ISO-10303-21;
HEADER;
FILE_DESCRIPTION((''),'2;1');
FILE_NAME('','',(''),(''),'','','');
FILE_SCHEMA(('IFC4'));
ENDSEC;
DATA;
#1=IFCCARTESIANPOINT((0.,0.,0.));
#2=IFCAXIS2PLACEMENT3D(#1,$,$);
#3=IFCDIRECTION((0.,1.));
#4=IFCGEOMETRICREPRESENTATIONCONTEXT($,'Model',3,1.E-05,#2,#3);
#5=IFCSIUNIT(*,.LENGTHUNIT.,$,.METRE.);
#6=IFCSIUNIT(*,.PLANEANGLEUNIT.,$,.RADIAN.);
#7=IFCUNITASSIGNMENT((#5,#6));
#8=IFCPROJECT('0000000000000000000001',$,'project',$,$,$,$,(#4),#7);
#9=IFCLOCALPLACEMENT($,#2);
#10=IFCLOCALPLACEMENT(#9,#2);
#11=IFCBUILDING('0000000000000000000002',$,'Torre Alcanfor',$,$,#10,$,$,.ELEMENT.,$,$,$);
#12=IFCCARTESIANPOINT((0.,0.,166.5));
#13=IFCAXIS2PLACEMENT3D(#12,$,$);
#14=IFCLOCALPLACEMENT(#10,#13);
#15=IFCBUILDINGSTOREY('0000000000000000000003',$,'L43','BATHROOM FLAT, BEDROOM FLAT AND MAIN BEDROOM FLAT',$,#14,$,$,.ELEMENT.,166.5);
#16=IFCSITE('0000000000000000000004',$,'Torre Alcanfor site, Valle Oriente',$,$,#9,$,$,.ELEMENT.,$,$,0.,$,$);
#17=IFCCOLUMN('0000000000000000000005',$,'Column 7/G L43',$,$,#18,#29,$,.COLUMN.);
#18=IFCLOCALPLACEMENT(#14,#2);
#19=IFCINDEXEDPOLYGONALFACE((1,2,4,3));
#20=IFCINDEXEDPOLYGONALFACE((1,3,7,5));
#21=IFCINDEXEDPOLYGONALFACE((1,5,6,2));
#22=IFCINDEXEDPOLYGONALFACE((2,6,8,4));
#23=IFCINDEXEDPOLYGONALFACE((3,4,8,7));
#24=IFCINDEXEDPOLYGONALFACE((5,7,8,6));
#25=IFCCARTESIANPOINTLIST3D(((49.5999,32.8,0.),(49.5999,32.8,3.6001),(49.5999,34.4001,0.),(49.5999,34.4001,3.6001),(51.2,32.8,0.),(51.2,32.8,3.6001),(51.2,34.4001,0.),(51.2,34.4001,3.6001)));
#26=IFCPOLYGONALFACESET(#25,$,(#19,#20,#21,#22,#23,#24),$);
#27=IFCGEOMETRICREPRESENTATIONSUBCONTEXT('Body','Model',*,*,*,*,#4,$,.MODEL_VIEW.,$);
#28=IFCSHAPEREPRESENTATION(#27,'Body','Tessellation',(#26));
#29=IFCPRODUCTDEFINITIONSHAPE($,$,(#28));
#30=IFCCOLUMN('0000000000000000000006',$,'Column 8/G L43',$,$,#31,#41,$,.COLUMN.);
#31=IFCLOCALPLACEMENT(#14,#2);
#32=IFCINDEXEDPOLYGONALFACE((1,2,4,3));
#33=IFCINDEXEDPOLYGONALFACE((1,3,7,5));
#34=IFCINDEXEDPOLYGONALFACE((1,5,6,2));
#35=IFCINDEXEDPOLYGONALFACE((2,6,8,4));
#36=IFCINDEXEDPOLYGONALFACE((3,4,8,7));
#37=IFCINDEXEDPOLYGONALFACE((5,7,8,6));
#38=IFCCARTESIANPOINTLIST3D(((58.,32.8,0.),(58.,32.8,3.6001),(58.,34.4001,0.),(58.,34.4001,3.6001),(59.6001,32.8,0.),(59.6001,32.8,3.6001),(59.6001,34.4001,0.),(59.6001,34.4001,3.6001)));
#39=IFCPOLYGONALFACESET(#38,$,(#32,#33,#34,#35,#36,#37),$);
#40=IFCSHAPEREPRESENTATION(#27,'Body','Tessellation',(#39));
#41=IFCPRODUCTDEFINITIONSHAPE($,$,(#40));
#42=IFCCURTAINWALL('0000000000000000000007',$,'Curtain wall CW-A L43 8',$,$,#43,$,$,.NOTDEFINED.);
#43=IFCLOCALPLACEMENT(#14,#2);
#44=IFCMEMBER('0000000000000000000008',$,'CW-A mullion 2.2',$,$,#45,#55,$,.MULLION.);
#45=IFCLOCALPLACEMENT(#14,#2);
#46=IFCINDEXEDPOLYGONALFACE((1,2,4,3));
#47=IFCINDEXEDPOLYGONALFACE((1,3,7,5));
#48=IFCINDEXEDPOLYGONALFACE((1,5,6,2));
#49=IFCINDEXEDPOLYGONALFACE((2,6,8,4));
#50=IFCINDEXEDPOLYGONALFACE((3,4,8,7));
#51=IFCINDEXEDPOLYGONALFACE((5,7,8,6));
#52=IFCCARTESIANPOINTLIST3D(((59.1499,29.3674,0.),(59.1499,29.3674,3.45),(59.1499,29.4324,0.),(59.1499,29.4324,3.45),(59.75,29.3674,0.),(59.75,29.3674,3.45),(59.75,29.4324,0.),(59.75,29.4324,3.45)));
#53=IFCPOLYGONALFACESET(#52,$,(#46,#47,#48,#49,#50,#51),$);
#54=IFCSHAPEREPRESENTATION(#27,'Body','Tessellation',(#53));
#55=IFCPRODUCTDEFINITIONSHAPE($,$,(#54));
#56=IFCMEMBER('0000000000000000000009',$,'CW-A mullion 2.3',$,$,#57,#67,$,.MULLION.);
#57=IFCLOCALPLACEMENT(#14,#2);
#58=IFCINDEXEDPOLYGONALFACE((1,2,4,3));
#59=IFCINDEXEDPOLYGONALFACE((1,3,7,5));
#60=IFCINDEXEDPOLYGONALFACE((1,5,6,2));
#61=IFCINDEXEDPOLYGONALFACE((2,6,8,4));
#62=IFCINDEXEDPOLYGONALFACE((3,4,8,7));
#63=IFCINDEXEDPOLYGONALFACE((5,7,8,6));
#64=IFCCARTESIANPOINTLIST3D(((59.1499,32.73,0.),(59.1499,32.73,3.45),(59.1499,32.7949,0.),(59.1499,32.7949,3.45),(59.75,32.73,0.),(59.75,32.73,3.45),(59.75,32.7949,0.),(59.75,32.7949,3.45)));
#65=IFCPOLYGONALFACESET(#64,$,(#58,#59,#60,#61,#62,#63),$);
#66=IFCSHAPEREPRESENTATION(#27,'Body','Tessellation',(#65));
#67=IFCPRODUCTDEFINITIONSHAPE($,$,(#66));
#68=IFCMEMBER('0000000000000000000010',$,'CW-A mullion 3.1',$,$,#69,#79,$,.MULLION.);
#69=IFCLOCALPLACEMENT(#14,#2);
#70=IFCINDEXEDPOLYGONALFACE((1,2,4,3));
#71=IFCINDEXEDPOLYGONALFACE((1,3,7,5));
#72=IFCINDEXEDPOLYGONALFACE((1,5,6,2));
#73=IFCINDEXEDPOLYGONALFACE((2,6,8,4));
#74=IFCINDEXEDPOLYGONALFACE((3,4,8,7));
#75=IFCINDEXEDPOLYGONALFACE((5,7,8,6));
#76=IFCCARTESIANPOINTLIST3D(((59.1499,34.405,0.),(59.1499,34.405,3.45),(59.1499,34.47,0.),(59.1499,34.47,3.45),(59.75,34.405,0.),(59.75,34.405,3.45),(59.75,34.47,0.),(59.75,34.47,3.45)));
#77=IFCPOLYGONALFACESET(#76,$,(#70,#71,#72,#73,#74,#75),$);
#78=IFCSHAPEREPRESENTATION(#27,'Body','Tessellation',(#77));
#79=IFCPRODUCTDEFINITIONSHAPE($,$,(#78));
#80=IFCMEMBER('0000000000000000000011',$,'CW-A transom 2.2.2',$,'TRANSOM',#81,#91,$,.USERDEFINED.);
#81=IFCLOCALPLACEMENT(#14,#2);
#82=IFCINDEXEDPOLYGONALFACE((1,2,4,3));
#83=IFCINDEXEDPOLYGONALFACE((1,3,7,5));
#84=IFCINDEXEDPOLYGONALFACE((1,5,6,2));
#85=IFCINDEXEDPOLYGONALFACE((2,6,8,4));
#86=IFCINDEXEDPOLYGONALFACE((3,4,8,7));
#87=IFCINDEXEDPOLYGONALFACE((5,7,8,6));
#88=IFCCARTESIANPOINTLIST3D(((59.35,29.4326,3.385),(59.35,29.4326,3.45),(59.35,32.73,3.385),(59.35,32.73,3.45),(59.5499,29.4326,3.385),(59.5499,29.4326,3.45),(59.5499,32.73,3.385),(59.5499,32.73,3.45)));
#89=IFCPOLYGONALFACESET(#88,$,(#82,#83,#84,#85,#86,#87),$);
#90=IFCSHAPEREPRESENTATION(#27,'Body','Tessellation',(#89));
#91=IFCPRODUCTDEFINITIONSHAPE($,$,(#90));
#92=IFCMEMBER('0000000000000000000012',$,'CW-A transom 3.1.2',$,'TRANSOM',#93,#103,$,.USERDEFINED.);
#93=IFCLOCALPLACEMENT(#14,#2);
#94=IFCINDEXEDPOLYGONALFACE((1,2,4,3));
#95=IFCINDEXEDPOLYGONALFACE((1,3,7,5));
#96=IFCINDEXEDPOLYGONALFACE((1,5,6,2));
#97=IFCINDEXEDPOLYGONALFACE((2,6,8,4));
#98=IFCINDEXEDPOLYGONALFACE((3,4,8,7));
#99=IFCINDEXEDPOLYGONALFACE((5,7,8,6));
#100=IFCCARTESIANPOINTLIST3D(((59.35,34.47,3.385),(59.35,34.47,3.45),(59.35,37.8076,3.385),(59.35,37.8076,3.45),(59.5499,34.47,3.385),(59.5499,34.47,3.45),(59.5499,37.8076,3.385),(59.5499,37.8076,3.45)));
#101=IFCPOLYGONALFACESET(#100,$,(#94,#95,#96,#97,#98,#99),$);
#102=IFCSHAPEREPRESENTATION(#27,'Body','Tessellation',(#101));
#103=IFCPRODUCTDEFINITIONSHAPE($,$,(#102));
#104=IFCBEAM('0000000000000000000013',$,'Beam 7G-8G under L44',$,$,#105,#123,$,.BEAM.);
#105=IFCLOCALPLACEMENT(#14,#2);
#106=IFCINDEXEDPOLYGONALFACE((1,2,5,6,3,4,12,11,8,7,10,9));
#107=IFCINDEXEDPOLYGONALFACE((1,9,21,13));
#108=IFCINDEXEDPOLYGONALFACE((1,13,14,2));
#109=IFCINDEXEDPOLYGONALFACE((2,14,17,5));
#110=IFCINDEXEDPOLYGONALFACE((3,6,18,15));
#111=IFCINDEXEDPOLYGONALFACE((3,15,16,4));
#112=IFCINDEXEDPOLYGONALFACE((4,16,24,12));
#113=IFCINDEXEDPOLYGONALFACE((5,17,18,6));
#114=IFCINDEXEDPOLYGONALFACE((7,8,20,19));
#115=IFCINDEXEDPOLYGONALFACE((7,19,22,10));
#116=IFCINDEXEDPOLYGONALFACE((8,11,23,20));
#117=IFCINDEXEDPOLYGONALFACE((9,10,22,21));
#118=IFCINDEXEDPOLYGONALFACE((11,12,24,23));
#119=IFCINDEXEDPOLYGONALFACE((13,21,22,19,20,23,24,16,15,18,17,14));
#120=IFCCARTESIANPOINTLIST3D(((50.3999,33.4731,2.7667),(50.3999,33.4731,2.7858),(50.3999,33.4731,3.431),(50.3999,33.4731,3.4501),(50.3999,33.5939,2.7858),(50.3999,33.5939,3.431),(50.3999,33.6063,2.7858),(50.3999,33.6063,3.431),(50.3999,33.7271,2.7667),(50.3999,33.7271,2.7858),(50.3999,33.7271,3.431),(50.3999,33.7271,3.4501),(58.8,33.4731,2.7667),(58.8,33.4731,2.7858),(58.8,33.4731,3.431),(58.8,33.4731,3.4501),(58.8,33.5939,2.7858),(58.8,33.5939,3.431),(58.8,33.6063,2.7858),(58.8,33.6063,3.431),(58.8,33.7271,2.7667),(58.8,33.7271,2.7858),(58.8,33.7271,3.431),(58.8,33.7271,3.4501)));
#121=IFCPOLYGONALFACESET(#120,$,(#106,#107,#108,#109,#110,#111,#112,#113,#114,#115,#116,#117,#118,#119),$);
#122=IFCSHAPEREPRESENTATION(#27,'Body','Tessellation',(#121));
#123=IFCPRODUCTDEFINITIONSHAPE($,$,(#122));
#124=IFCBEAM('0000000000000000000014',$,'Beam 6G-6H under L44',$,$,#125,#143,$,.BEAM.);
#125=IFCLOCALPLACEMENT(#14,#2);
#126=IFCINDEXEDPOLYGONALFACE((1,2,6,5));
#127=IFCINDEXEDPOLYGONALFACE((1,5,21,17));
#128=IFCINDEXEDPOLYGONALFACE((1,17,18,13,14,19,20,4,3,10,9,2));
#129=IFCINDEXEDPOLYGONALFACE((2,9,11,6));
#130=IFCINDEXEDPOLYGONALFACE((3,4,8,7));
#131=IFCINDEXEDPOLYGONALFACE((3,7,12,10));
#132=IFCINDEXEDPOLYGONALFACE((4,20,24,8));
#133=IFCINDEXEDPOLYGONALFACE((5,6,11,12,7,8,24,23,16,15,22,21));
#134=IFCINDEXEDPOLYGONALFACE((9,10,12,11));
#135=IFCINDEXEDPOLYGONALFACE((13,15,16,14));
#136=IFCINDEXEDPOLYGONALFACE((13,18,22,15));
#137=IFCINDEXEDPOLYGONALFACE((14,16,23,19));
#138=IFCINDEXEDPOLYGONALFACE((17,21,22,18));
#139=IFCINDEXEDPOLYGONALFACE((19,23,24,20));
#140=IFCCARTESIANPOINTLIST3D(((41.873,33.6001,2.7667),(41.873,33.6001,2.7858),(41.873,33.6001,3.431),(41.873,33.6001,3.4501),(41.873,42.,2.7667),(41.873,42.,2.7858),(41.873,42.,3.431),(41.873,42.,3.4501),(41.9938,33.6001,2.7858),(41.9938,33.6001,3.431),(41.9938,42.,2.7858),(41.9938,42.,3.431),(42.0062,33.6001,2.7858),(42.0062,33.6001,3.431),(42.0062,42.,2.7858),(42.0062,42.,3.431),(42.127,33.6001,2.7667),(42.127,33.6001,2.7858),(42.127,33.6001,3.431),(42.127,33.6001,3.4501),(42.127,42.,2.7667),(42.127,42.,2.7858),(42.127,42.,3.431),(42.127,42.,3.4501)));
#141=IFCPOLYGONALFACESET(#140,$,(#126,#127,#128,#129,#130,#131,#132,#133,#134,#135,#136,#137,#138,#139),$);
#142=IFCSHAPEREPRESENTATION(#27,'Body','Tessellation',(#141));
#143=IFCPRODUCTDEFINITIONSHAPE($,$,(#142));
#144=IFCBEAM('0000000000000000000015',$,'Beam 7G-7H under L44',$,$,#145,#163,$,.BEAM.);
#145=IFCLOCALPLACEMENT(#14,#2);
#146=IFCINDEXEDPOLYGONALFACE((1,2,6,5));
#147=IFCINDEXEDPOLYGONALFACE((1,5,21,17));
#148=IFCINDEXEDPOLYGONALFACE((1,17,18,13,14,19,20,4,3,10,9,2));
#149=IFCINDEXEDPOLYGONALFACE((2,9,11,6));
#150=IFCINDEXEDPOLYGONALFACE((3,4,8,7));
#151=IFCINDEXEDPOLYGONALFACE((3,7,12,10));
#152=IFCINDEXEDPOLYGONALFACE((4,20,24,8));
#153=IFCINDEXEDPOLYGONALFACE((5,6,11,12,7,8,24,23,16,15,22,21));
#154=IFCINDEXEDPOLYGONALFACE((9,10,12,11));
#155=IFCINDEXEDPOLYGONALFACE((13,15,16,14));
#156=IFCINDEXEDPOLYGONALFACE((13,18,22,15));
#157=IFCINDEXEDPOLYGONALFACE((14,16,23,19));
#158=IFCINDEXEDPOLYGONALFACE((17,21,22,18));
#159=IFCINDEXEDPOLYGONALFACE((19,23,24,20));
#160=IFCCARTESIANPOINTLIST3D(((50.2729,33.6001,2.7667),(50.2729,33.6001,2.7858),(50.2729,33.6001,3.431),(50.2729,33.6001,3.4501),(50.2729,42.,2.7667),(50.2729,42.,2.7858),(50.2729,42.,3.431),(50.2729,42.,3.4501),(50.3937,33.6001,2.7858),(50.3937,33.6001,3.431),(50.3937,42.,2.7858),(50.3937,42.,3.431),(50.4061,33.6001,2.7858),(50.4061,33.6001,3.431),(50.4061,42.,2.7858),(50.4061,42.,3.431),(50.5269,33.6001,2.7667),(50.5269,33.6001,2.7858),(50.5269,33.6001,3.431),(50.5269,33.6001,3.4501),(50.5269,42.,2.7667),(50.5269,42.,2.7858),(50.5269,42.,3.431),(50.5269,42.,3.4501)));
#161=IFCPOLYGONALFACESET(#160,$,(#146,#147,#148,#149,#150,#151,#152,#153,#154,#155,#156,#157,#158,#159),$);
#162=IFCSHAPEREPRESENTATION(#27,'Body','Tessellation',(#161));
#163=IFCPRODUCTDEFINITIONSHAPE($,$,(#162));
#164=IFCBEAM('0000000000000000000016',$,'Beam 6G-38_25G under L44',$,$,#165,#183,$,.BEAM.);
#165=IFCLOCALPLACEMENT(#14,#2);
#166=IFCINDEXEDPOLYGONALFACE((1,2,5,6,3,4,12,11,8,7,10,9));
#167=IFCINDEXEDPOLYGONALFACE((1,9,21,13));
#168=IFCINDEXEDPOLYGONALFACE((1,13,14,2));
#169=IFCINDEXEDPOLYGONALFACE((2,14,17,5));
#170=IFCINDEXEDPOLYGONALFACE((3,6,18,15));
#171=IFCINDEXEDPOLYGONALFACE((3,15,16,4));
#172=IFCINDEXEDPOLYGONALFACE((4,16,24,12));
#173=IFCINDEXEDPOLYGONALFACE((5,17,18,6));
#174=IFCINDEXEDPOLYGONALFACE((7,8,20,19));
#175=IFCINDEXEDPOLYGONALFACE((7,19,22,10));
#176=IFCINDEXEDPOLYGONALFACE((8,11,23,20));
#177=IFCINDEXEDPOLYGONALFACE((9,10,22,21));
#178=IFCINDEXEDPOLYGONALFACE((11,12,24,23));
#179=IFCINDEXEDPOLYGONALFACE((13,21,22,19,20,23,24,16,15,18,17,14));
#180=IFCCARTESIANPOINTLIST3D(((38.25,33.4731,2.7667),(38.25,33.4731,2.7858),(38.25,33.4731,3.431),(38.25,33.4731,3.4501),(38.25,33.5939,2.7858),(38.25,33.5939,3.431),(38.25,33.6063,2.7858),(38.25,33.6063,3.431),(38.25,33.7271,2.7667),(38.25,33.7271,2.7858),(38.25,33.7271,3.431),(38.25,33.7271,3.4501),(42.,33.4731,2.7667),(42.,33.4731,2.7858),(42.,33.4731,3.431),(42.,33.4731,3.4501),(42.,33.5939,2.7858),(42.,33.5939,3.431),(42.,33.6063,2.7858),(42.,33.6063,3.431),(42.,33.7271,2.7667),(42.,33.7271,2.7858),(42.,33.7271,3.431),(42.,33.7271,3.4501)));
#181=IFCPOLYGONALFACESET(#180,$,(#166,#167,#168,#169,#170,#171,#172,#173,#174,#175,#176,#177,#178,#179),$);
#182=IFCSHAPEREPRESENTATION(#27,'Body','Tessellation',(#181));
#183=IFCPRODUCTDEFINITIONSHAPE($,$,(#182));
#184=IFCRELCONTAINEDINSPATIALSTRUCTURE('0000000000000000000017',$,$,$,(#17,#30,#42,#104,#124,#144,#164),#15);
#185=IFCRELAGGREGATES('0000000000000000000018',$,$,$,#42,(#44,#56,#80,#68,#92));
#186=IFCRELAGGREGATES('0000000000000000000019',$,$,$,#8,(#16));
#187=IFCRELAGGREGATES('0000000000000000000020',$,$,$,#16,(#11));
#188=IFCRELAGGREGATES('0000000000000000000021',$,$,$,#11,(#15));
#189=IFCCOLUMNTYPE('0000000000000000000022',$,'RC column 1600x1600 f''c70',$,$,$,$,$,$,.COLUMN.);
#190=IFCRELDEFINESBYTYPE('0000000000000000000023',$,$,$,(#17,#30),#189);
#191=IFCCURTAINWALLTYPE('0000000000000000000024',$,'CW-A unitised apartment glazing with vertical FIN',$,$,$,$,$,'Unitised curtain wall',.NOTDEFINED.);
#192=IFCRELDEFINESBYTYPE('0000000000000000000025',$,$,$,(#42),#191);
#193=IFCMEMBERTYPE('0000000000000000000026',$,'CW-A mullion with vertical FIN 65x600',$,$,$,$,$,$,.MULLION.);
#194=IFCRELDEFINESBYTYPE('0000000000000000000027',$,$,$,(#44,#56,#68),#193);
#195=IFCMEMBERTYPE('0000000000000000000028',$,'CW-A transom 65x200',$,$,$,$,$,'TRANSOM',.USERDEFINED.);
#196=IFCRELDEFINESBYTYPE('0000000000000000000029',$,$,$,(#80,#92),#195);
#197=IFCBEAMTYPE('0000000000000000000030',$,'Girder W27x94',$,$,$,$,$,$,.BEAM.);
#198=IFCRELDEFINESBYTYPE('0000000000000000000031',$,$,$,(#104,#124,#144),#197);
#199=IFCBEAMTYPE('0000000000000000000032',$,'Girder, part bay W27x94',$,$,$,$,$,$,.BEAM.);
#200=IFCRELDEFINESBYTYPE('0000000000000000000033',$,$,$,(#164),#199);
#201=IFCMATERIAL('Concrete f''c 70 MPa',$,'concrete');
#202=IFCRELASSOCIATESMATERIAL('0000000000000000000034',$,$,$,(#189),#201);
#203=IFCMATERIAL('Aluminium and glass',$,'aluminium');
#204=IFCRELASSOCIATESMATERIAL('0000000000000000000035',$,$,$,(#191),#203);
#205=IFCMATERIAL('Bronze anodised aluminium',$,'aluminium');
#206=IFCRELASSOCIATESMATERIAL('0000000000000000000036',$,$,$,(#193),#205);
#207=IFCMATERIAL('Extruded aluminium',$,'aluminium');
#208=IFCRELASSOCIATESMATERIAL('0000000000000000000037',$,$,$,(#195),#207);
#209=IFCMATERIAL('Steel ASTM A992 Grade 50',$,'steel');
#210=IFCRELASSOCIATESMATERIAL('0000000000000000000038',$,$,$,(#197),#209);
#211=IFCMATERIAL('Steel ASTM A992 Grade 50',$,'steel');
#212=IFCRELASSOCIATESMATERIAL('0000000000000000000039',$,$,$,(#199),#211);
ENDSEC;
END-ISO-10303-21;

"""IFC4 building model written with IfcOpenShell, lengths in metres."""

from ifc_helpers import new_model, si_unit, direction, frame, origin, origin_2d, place, context, subcontext, project, spatial, rectangle, i_section, extrude, material, material_profile, profile_set, type_object, element, aggregate, save


model = new_model("IFC4")

# Units and contexts
model_context = context("Model", 3, precision=1e-05, world=origin(), true_north=direction((0.0, 1.0)))
body_context = subcontext(model_context, "Body", "Model", "MODEL_VIEW")
ifc_project = project(units=[si_unit("LENGTHUNIT", "METRE"), si_unit("PLANEANGLEUNIT", "RADIAN")], contexts=[model_context])

# Site, building, storey
site_placement = place(None, origin())
site = spatial("IfcSite", under=ifc_project, at=site_placement, Name="Torre Alcanfor site, Valle Oriente", CompositionType="ELEMENT", RefElevation=0.0)
building_placement = place(site_placement, origin())
building = spatial("IfcBuilding", under=site, at=building_placement, Name="Torre Alcanfor", CompositionType="ELEMENT")
storey_placement = place(building_placement, frame((0.0, 0.0, 166.5)))
storey = spatial("IfcBuildingStorey", under=building, at=storey_placement, Name="L43", Description="BATHROOM FLAT, BEDROOM FLAT AND MAIN BEDROOM FLAT", CompositionType="ELEMENT", Elevation=166.5)

# Columns
ifc_material_1 = material(Name="Concrete f'c 70 MPa", Category="concrete")
ifc_material_profile_1 = material_profile(ifc_material_1, rectangle(XDim=1.6001, YDim=1.6001, at=origin_2d()), Name="1600x1600")
ifc_profile_set_1 = profile_set([ifc_material_profile_1], Name="Concrete f'c 70 MPa")
column_type = type_object("IfcColumnType", Name="RC column 1600x1600 f'c70", PredefinedType="COLUMN", material=ifc_profile_set_1)
for number, where, z_axis, x_axis, name in (
    (1, (50.3999, 33.6001, 0.0), (0.0, 0.0, 1.0), (1.0, 0.0, 0.0), "Column 7/G L43"),
    (2, (58.8, 33.6001, 0.0), (0.0, 0.0, 1.0), (1.0, 0.0, 0.0), "Column 8/G L43"),
):
    element("IfcColumn", number, at=place(storey_placement, frame(where, z_axis=z_axis, x_axis=x_axis)), inside=storey, type_object=column_type, Name=name, PredefinedType="COLUMN", context=body_context, shape_type="SweptSolid", body=[
        extrude(rectangle(XDim=1.6001, YDim=1.6001, at=origin_2d()), origin(), (0.0, 0.0, 1.0), 3.6001),
    ])

# Curtain wall, members
ifc_material_2 = material(Name="Aluminium and glass", Category="aluminium")
curtain_wall_type = type_object("IfcCurtainWallType", Name="CW-A unitised apartment glazing with vertical FIN", ElementType="Unitised curtain wall", PredefinedType="NOTDEFINED", material=ifc_material_2)
curtain_wall_placement = place(storey_placement, origin())
curtain_wall = element("IfcCurtainWall", 3, at=curtain_wall_placement, inside=storey, type_object=curtain_wall_type, Name="Curtain wall CW-A L43 8", PredefinedType="NOTDEFINED")
ifc_material_3 = material(Name="Bronze anodised aluminium", Category="aluminium")
ifc_material_profile_2 = material_profile(ifc_material_3, rectangle(XDim=0.6001, YDim=0.0649, at=origin_2d()), Name="CW-A mullion 65x600")
ifc_profile_set_2 = profile_set([ifc_material_profile_2], Name="Bronze anodised aluminium")
member_type_1 = type_object("IfcMemberType", Name="CW-A mullion with vertical FIN 65x600", PredefinedType="MULLION", material=ifc_profile_set_2)
member_1_placement = place(storey_placement, frame((59.45, 29.3999, 0.0), z_axis=(0.0, 0.0, 1.0), x_axis=(-1.0, 0.0, 0.0)))
member_1 = element("IfcMember", 4, at=member_1_placement, type_object=member_type_1, Name="CW-A mullion 2.2", PredefinedType="MULLION", context=body_context, shape_type="SweptSolid", body=[
    extrude(rectangle(XDim=0.6001, YDim=0.0649, at=origin_2d()), origin(), (0.0, 0.0, 1.0), 3.45),
])
member_2_placement = place(storey_placement, frame((59.45, 32.7625, 0.0), z_axis=(0.0, 0.0, 1.0), x_axis=(-1.0, 0.0, 0.0)))
member_2 = element("IfcMember", 5, at=member_2_placement, type_object=member_type_1, Name="CW-A mullion 2.3", PredefinedType="MULLION", context=body_context, shape_type="SweptSolid", body=[
    extrude(rectangle(XDim=0.6001, YDim=0.0649, at=origin_2d()), origin(), (0.0, 0.0, 1.0), 3.45),
])
member_3_placement = place(storey_placement, frame((59.45, 34.4375, 0.0), z_axis=(0.0, 0.0, 1.0), x_axis=(-1.0, 0.0, 0.0)))
member_3 = element("IfcMember", 6, at=member_3_placement, type_object=member_type_1, Name="CW-A mullion 3.1", PredefinedType="MULLION", context=body_context, shape_type="SweptSolid", body=[
    extrude(rectangle(XDim=0.6001, YDim=0.0649, at=origin_2d()), origin(), (0.0, 0.0, 1.0), 3.45),
])
ifc_material_4 = material(Name="Extruded aluminium", Category="aluminium")
ifc_material_profile_3 = material_profile(ifc_material_4, rectangle(XDim=0.2, YDim=0.0649, at=origin_2d()), Name="CW-A transom 200x65")
ifc_profile_set_3 = profile_set([ifc_material_profile_3], Name="Extruded aluminium")
member_type_2 = type_object("IfcMemberType", Name="CW-A transom 65x200", ElementType="TRANSOM", PredefinedType="USERDEFINED", material=ifc_profile_set_3)
member_4_placement = place(storey_placement, frame((59.45, 29.4326, 3.4175), z_axis=(0.0, 1.0, 0.0), x_axis=(-1.0, 0.0, 0.0)))
member_4 = element("IfcMember", 7, at=member_4_placement, type_object=member_type_2, Name="CW-A transom 2.2.2", ObjectType="TRANSOM", PredefinedType="USERDEFINED", context=body_context, shape_type="SweptSolid", body=[
    extrude(rectangle(XDim=0.2, YDim=0.0649, at=origin_2d()), origin(), (0.0, 0.0, 1.0), 3.2974),
])
member_5_placement = place(storey_placement, frame((59.45, 34.47, 3.4175), z_axis=(0.0, 1.0, 0.0), x_axis=(-1.0, 0.0, 0.0)))
member_5 = element("IfcMember", 8, at=member_5_placement, type_object=member_type_2, Name="CW-A transom 3.1.2", ObjectType="TRANSOM", PredefinedType="USERDEFINED", context=body_context, shape_type="SweptSolid", body=[
    extrude(rectangle(XDim=0.2, YDim=0.0649, at=origin_2d()), origin(), (0.0, 0.0, 1.0), 3.3376),
])

# Beams
ifc_material_5 = material(Name="Steel ASTM A992 Grade 50", Category="steel")
ifc_material_profile_4 = material_profile(ifc_material_5, i_section(OverallWidth=0.2539, OverallDepth=0.6833, WebThickness=0.0125, FlangeThickness=0.019, at=origin_2d()), Name="W27x94")
ifc_profile_set_4 = profile_set([ifc_material_profile_4], Name="Steel ASTM A992 Grade 50")
beam_type_1 = type_object("IfcBeamType", Name="Girder W27x94", PredefinedType="BEAM", material=ifc_profile_set_4)
beam_1_placement = place(storey_placement, frame((50.3999, 33.6001, 3.1084), z_axis=(1.0, 0.0, 0.0), x_axis=(0.0, 1.0, 0.0)))
element("IfcBeam", 9, at=beam_1_placement, inside=storey, type_object=beam_type_1, Name="Beam 7G-8G under L44", PredefinedType="BEAM", context=body_context, shape_type="SweptSolid", body=[
    extrude(i_section(OverallWidth=0.2539, OverallDepth=0.6833, WebThickness=0.0125, FlangeThickness=0.019, at=origin_2d()), origin(), (0.0, 0.0, 1.0), 8.4001),
])
for number, where, z_axis, x_axis, name in (
    (10, (42.0, 33.6001, 3.1084), (0.0, 1.0, 0.0), (-1.0, 0.0, 0.0), "Beam 6G-6H under L44"),
    (11, (50.3999, 33.6001, 3.1084), (0.0, 1.0, 0.0), (-1.0, 0.0, 0.0), "Beam 7G-7H under L44"),
):
    element("IfcBeam", number, at=place(storey_placement, frame(where, z_axis=z_axis, x_axis=x_axis)), inside=storey, type_object=beam_type_1, Name=name, PredefinedType="BEAM", context=body_context, shape_type="SweptSolid", body=[
        extrude(i_section(OverallWidth=0.2539, OverallDepth=0.6833, WebThickness=0.0125, FlangeThickness=0.019, at=origin_2d()), origin(), (0.0, 0.0, 1.0), 8.3999),
    ])
ifc_material_6 = material(Name="Steel ASTM A992 Grade 50", Category="steel")
ifc_material_profile_5 = material_profile(ifc_material_6, i_section(OverallWidth=0.2539, OverallDepth=0.6833, WebThickness=0.0125, FlangeThickness=0.019, at=origin_2d()), Name="W27x94")
ifc_profile_set_5 = profile_set([ifc_material_profile_5], Name="Steel ASTM A992 Grade 50")
beam_type_2 = type_object("IfcBeamType", Name="Girder, part bay W27x94", PredefinedType="BEAM", material=ifc_profile_set_5)
beam_2_placement = place(storey_placement, frame((42.0, 33.6001, 3.1084), z_axis=(-1.0, 0.0, 0.0), x_axis=(0.0, -1.0, 0.0)))
element("IfcBeam", 12, at=beam_2_placement, inside=storey, type_object=beam_type_2, Name="Beam 6G-38_25G under L44", PredefinedType="BEAM", context=body_context, shape_type="SweptSolid", body=[
    extrude(i_section(OverallWidth=0.2539, OverallDepth=0.6833, WebThickness=0.0125, FlangeThickness=0.019, at=origin_2d()), origin(), (0.0, 0.0, 1.0), 3.75),
])

aggregate(curtain_wall, [member_1, member_2, member_4, member_3, member_5])

save(model, "model.ifc")
